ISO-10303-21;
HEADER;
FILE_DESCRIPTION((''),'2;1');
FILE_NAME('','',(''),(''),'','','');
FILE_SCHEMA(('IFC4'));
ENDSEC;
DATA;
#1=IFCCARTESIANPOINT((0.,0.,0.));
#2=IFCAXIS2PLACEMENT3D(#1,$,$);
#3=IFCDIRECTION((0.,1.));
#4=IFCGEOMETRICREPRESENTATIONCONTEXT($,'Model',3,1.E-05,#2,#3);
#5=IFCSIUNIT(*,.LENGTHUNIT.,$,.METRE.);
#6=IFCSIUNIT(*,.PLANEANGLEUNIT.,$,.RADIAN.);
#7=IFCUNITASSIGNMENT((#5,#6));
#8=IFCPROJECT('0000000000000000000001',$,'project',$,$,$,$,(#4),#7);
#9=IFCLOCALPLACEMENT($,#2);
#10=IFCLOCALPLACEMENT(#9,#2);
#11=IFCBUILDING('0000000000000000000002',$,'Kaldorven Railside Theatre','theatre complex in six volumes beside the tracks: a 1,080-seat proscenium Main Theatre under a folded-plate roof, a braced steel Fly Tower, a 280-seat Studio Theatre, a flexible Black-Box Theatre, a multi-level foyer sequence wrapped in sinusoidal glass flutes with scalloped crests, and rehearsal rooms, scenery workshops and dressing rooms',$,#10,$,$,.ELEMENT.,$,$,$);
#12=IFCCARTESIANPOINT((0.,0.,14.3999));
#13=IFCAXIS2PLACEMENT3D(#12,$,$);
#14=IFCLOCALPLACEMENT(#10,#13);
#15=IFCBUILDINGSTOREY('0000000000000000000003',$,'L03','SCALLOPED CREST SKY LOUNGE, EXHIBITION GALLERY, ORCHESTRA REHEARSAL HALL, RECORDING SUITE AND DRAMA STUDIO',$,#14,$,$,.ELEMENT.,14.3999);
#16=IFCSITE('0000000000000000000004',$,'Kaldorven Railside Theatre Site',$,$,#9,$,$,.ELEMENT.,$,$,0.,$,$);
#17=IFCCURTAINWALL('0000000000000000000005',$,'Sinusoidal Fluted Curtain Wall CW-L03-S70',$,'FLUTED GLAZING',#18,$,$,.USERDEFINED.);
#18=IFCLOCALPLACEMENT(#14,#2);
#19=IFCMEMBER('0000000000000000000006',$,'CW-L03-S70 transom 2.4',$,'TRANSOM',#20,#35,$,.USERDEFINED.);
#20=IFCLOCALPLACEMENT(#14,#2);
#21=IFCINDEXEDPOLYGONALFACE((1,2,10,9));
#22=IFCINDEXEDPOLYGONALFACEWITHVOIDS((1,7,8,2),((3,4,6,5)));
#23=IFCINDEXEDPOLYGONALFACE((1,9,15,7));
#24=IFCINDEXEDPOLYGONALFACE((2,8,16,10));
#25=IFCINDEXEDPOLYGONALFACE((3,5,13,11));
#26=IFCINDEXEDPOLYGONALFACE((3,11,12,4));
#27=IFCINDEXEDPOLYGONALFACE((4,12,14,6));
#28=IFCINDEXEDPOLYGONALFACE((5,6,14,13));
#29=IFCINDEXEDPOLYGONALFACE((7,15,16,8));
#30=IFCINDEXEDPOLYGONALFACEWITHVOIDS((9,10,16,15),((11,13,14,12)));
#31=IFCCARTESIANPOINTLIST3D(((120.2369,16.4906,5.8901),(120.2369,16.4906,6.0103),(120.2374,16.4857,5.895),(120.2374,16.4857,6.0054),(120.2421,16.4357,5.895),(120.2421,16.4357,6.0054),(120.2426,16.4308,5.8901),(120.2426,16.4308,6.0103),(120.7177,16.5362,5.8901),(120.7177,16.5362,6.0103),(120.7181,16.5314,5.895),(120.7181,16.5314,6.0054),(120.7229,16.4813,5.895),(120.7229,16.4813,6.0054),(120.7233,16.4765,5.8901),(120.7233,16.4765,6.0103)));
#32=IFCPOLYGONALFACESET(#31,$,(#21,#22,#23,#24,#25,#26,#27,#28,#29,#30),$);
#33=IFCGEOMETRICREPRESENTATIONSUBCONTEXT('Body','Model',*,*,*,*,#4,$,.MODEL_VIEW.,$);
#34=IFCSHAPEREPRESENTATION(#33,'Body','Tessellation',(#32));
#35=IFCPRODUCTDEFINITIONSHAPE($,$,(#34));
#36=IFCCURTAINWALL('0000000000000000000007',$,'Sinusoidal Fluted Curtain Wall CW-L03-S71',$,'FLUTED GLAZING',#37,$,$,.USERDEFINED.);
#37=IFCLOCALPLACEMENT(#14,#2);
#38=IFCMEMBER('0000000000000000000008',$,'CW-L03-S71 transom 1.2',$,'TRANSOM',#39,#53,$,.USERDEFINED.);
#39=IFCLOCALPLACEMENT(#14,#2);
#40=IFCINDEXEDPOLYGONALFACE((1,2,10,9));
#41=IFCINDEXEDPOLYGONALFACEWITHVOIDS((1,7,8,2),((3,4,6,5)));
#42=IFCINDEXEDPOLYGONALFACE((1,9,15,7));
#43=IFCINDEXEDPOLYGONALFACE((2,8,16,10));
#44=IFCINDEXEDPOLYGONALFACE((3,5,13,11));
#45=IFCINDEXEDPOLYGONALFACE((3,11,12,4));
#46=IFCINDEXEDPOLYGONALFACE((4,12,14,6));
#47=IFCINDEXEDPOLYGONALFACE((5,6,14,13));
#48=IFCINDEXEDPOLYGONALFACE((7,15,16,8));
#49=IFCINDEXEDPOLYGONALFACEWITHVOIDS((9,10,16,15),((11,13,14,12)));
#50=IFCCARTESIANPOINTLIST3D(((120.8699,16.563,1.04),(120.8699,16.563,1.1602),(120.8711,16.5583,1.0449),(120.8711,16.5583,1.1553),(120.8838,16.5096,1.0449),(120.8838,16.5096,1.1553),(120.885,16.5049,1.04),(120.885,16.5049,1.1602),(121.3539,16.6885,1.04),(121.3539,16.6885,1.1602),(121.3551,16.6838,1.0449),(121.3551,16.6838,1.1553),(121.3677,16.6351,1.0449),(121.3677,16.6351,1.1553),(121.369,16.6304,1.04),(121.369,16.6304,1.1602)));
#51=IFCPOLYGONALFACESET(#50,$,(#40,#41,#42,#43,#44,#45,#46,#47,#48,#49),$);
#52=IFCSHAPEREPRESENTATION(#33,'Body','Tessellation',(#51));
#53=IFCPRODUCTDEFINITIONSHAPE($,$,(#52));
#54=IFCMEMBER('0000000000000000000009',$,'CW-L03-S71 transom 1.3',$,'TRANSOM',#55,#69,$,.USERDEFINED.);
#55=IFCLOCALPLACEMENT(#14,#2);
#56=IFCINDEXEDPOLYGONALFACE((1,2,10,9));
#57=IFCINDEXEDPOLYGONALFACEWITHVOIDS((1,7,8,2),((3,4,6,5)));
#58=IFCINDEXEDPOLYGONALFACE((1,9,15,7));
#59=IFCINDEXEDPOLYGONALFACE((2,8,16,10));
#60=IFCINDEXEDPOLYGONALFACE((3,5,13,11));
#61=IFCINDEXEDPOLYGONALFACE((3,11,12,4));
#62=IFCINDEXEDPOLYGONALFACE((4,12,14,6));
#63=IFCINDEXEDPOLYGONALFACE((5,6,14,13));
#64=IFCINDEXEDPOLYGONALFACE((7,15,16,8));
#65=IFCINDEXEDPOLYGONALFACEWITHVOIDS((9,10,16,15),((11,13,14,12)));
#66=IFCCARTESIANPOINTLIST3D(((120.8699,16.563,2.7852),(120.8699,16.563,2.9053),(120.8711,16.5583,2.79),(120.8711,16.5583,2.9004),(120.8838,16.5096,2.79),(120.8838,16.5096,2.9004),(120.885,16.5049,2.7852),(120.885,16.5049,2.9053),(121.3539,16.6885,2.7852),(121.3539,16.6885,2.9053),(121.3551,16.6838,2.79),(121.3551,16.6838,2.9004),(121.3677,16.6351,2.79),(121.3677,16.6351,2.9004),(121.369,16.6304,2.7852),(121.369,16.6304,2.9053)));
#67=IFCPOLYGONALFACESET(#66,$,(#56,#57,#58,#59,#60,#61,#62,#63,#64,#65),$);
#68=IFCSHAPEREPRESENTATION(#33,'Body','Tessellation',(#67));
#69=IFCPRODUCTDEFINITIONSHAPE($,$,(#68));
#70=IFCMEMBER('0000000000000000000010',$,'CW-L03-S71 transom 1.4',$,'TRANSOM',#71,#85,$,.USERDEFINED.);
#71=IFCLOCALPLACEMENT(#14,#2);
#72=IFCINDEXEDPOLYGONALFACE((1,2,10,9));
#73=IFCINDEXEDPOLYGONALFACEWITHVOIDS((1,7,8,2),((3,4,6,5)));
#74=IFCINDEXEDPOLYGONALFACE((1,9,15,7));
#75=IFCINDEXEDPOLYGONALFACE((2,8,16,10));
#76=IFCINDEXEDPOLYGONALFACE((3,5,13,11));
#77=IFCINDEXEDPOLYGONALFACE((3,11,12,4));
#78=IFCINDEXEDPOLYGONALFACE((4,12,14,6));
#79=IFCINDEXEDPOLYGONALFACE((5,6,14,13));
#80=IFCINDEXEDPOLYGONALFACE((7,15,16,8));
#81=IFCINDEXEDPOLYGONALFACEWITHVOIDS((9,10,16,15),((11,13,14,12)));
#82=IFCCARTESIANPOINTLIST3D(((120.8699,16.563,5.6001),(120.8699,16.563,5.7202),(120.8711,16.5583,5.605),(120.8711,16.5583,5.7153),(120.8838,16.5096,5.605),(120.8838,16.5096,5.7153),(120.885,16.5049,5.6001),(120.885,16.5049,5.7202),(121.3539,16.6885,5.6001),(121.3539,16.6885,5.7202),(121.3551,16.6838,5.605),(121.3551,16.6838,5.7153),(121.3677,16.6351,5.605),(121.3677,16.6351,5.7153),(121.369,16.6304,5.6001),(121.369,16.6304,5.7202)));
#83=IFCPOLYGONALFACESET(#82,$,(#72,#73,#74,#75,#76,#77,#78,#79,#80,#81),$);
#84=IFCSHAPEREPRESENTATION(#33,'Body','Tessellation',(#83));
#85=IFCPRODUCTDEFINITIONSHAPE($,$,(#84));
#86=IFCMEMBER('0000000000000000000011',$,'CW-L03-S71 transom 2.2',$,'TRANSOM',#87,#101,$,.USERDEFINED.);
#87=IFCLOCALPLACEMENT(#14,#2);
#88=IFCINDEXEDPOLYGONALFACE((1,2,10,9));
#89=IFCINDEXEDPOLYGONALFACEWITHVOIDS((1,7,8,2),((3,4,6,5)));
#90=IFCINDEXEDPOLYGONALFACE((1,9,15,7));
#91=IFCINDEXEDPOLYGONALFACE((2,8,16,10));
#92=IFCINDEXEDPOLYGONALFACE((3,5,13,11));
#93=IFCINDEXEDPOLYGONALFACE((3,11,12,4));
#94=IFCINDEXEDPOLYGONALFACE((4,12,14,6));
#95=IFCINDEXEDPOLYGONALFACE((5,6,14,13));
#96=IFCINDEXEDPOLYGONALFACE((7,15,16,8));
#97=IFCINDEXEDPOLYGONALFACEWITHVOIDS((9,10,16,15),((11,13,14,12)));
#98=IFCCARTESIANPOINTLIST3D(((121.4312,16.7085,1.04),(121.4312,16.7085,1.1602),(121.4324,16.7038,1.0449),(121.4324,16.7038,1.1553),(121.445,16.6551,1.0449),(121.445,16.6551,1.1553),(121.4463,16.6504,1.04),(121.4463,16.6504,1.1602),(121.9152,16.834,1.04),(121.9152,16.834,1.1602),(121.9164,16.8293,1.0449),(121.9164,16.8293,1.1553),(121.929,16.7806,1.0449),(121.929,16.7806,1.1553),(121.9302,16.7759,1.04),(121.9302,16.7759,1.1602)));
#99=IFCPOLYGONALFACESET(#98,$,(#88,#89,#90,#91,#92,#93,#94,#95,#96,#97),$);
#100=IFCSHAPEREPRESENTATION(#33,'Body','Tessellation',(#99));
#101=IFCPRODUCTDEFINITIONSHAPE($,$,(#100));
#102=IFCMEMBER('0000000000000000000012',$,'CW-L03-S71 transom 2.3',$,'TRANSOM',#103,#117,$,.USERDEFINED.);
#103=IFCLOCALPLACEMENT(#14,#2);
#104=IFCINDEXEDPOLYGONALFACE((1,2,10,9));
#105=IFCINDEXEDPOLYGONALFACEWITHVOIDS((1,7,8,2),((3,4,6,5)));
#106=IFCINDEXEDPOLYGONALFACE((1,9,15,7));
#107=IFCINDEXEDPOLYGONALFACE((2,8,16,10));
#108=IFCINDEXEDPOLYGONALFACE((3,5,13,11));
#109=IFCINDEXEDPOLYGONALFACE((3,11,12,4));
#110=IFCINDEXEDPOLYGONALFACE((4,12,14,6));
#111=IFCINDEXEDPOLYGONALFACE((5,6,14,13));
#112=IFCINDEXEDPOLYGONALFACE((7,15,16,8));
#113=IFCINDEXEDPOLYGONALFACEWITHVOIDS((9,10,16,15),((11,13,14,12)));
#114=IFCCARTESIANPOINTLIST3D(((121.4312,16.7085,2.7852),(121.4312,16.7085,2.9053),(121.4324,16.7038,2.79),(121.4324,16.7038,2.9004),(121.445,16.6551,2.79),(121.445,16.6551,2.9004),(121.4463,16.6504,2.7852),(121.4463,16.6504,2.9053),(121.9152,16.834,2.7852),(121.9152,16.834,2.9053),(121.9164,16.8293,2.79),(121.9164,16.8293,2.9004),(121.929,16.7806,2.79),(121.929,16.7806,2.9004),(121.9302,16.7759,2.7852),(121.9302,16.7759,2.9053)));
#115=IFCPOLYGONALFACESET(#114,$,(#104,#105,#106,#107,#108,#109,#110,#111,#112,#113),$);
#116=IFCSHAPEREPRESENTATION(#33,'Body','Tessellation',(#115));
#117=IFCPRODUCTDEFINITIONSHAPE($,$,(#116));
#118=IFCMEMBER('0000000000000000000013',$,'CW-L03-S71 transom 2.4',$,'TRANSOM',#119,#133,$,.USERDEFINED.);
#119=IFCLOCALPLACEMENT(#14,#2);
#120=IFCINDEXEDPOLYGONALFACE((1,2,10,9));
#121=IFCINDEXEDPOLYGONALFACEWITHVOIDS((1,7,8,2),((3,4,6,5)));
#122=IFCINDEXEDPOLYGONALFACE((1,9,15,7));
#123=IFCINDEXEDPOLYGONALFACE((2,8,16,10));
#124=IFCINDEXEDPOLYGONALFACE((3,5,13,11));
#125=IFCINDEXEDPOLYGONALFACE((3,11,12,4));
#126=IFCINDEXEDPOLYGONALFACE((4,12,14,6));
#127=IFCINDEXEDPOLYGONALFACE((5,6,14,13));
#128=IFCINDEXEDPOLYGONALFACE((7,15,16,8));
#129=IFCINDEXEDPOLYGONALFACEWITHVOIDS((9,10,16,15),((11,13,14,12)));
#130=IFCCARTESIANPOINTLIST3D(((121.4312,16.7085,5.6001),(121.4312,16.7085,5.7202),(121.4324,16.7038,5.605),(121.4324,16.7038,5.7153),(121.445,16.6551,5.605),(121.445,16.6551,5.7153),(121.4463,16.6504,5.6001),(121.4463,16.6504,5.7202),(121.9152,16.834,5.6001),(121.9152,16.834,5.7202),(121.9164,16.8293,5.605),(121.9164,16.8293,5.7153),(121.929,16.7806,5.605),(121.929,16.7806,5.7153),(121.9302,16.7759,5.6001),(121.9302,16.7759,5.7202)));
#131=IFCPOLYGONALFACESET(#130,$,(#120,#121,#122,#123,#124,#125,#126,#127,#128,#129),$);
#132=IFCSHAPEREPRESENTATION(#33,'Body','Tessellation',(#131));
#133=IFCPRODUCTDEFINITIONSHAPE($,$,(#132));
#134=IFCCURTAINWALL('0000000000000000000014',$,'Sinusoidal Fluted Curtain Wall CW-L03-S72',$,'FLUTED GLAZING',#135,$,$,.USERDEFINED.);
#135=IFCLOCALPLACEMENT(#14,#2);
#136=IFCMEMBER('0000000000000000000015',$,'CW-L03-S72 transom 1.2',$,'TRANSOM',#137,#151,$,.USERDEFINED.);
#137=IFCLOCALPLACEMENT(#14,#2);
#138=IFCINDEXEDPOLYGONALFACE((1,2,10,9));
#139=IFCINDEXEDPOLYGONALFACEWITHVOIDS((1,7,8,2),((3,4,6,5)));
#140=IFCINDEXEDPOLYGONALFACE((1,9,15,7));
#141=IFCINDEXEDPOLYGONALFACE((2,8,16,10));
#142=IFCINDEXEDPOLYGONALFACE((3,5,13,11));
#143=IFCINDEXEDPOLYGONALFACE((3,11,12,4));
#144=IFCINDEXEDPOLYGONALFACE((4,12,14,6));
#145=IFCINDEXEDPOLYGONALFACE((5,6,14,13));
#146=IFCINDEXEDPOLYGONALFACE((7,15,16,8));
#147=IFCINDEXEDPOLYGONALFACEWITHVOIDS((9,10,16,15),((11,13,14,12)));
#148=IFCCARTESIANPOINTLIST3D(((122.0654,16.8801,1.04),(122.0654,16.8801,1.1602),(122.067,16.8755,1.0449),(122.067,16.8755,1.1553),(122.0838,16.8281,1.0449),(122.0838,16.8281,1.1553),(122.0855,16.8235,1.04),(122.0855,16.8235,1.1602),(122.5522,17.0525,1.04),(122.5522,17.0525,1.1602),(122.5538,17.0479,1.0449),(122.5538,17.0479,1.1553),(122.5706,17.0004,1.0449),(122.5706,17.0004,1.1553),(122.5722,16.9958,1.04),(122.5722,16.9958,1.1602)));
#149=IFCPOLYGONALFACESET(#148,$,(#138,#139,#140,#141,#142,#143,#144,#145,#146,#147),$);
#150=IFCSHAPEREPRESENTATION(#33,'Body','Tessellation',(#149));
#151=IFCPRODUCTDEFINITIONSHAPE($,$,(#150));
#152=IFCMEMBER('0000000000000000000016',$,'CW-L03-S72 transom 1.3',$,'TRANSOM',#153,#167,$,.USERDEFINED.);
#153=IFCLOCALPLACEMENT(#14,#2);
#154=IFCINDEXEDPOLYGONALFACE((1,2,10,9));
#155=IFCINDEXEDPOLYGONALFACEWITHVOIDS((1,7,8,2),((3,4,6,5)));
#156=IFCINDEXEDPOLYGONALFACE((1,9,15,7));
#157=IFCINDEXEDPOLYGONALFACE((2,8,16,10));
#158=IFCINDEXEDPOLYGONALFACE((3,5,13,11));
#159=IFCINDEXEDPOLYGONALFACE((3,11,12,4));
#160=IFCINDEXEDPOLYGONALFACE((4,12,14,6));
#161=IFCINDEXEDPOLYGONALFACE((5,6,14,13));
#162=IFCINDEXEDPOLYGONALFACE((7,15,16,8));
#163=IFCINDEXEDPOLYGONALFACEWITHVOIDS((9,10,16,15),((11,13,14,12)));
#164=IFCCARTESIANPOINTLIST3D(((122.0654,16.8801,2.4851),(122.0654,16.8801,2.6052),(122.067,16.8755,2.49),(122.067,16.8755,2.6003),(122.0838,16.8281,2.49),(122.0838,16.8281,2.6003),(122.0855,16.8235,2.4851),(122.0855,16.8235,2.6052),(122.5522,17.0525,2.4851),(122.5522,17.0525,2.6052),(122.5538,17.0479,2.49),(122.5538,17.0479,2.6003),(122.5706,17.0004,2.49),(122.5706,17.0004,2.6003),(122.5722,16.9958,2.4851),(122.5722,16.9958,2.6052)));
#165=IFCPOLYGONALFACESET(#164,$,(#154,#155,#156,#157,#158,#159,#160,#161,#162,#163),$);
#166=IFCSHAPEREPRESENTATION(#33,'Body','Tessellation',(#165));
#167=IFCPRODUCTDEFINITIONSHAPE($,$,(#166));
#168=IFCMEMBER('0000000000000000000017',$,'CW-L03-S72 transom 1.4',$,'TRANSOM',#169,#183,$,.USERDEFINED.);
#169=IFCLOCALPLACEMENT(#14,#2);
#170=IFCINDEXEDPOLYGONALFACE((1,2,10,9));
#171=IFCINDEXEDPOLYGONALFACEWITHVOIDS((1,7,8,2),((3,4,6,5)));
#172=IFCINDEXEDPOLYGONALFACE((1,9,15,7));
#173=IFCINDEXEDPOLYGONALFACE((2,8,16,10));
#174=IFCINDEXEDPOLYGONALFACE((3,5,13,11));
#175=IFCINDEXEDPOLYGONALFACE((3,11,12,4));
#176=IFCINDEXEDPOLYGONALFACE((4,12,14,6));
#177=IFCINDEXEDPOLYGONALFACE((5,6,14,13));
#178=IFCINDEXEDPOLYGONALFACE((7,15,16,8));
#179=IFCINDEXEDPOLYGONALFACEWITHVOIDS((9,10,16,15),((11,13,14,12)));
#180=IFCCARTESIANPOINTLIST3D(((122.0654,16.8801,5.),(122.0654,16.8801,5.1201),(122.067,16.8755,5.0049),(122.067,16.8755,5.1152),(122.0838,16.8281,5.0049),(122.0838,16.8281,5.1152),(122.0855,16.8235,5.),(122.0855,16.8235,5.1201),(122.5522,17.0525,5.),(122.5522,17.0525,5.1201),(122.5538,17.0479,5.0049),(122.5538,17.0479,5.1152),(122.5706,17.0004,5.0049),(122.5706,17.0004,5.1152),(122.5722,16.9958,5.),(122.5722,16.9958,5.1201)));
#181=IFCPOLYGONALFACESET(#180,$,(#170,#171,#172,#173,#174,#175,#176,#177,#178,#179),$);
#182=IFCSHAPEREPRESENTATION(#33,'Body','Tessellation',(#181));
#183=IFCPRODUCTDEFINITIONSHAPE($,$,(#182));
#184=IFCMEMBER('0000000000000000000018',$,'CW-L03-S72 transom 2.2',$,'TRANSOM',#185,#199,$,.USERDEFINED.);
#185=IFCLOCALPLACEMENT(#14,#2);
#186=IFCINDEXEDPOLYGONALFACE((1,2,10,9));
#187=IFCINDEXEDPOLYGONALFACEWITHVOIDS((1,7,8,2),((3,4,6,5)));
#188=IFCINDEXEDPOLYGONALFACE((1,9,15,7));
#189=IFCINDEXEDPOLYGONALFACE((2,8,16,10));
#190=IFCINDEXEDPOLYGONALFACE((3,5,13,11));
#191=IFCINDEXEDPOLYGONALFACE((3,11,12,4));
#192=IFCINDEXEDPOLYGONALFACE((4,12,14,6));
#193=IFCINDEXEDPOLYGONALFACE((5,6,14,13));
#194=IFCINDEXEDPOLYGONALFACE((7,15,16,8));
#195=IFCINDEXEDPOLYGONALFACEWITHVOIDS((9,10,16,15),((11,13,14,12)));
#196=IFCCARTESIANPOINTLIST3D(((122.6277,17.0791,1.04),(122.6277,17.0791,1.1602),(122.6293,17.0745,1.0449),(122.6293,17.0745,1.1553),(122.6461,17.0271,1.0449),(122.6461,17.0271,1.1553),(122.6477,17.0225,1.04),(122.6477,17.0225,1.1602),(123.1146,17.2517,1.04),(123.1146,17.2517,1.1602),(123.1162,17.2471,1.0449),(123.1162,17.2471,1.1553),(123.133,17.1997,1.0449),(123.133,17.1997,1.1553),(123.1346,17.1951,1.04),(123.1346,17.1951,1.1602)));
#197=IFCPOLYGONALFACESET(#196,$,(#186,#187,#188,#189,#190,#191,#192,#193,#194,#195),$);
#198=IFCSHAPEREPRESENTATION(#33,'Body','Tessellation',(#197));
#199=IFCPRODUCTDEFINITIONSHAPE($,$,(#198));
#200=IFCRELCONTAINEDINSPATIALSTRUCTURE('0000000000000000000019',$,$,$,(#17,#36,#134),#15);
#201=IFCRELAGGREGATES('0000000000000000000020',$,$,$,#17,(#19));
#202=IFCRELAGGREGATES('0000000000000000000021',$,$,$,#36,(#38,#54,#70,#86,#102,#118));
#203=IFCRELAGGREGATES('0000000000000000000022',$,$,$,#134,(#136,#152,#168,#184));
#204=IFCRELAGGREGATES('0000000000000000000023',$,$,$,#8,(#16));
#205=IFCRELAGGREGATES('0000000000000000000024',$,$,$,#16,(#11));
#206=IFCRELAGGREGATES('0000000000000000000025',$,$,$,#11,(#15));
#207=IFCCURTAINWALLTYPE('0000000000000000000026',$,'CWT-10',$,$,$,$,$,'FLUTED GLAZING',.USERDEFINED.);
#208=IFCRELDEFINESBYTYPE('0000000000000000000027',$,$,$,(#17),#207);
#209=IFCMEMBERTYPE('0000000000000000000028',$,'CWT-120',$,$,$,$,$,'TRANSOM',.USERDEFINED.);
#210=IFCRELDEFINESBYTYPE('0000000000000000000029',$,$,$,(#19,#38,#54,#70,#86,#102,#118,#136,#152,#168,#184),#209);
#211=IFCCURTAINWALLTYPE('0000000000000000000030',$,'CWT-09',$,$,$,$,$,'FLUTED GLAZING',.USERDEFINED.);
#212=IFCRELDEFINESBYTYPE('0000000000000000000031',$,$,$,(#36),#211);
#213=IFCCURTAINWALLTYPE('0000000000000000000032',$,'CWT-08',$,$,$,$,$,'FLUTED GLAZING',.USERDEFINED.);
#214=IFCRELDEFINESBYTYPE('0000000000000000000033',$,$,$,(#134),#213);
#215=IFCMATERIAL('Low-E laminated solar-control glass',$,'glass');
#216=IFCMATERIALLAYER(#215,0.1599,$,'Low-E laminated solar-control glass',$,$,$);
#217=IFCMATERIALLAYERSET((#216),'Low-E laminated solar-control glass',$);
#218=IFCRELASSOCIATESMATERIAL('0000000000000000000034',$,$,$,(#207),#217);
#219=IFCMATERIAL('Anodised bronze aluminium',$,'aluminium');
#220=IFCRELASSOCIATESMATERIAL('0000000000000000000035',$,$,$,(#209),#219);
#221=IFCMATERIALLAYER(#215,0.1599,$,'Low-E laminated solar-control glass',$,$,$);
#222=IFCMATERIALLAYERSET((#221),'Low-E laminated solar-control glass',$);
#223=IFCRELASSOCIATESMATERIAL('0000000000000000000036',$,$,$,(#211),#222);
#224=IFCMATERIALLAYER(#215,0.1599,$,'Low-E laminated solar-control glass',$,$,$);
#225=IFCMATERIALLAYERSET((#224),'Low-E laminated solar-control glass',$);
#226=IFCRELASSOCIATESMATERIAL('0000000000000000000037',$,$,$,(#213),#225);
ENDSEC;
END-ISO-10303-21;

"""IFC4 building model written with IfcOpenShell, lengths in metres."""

from ifc_helpers import new_model, si_unit, direction, frame, origin, origin_2d, place, context, subcontext, project, spatial, hollow_rectangle, extrude, material, layer, layer_set, material_profile, profile_set, type_object, element, aggregate, save


model = new_model("IFC4")

# Units and contexts
model_context = context("Model", 3, precision=1e-05, world=origin(), true_north=direction((0.0, 1.0)))
body_context = subcontext(model_context, "Body", "Model", "MODEL_VIEW")
ifc_project = project(units=[si_unit("LENGTHUNIT", "METRE"), si_unit("PLANEANGLEUNIT", "RADIAN")], contexts=[model_context])

# Site, building, storey
site_placement = place(None, origin())
site = spatial("IfcSite", under=ifc_project, at=site_placement, Name="Kaldorven Railside Theatre Site", CompositionType="ELEMENT", RefElevation=0.0)
building_placement = place(site_placement, origin())
building = spatial("IfcBuilding", under=site, at=building_placement, Name="Kaldorven Railside Theatre", Description="theatre complex in six volumes beside the tracks: a 1,080-seat proscenium Main Theatre under a folded-plate roof, a braced steel Fly Tower, a 280-seat Studio Theatre, a flexible Black-Box Theatre, a multi-level foyer sequence wrapped in sinusoidal glass flutes with scalloped crests, and rehearsal rooms, scenery workshops and dressing rooms", CompositionType="ELEMENT")
storey_placement = place(building_placement, frame((0.0, 0.0, 14.3999)))
storey = spatial("IfcBuildingStorey", under=building, at=storey_placement, Name="L03", Description="SCALLOPED CREST SKY LOUNGE, EXHIBITION GALLERY, ORCHESTRA REHEARSAL HALL, RECORDING SUITE AND DRAMA STUDIO", CompositionType="ELEMENT", Elevation=14.3999)

# Curtain walls, members
ifc_material_1 = material(Name="Low-E laminated solar-control glass", Category="glass")
ifc_layer_1 = layer(ifc_material_1, 0.1599, Name="Low-E laminated solar-control glass")
ifc_layer_set_1 = layer_set([ifc_layer_1], Name="Low-E laminated solar-control glass")
curtain_wall_type_1 = type_object("IfcCurtainWallType", Name="CWT-10", ElementType="FLUTED GLAZING", PredefinedType="USERDEFINED", material=ifc_layer_set_1)
ifc_material_2 = material(Name="Anodised bronze aluminium", Category="aluminium")
ifc_material_profile = material_profile(ifc_material_2, hollow_rectangle(XDim=0.0601, YDim=0.1201, WallThickness=0.0049, at=origin_2d()), Name="RHS 120x60x5")
ifc_profile_set = profile_set([ifc_material_profile], Name="Anodised bronze aluminium")
member_type = type_object("IfcMemberType", Name="CWT-120", ElementType="TRANSOM", PredefinedType="USERDEFINED", material=ifc_profile_set)
curtain_wall_1_placement = place(storey_placement, origin())
curtain_wall_1 = element("IfcCurtainWall", 1, at=curtain_wall_1_placement, inside=storey, type_object=curtain_wall_type_1, Name="Sinusoidal Fluted Curtain Wall CW-L03-S70", ObjectType="FLUTED GLAZING", PredefinedType="USERDEFINED")
member_1_placement = place(storey_placement, frame((120.2397, 16.4607, 5.9502), z_axis=(0.99552, 0.094547, 0.0), x_axis=(-0.094547, 0.99552, 0.0)))
member_1 = element("IfcMember", 2, at=member_1_placement, type_object=member_type, Name="CW-L03-S70 transom 2.4", ObjectType="TRANSOM", PredefinedType="USERDEFINED", context=body_context, shape_type="SweptSolid", body=[
    extrude(hollow_rectangle(XDim=0.0601, YDim=0.1201, WallThickness=0.0049, at=origin_2d()), origin(), (0.0, 0.0, 1.0), 0.4829),
])
ifc_layer_2 = layer(ifc_material_1, 0.1599, Name="Low-E laminated solar-control glass")
ifc_layer_set_2 = layer_set([ifc_layer_2], Name="Low-E laminated solar-control glass")
curtain_wall_type_2 = type_object("IfcCurtainWallType", Name="CWT-09", ElementType="FLUTED GLAZING", PredefinedType="USERDEFINED", material=ifc_layer_set_2)
curtain_wall_2_placement = place(storey_placement, origin())
curtain_wall_2 = element("IfcCurtainWall", 3, at=curtain_wall_2_placement, inside=storey, type_object=curtain_wall_type_2, Name="Sinusoidal Fluted Curtain Wall CW-L03-S71", ObjectType="FLUTED GLAZING", PredefinedType="USERDEFINED")
member_2_placement = place(storey_placement, frame((120.8774, 16.5339, 1.1001), z_axis=(0.967979, 0.25103, 0.0), x_axis=(-0.25103, 0.967979, 0.0)))
member_2 = element("IfcMember", 4, at=member_2_placement, type_object=member_type, Name="CW-L03-S71 transom 1.2", ObjectType="TRANSOM", PredefinedType="USERDEFINED", context=body_context, shape_type="SweptSolid", body=[
    extrude(hollow_rectangle(XDim=0.0601, YDim=0.1201, WallThickness=0.0049, at=origin_2d()), origin(), (0.0, 0.0, 1.0), 0.5),
])
member_3_placement = place(storey_placement, frame((120.8774, 16.5339, 2.8452), z_axis=(0.967979, 0.25103, 0.0), x_axis=(-0.25103, 0.967979, 0.0)))
member_3 = element("IfcMember", 5, at=member_3_placement, type_object=member_type, Name="CW-L03-S71 transom 1.3", ObjectType="TRANSOM", PredefinedType="USERDEFINED", context=body_context, shape_type="SweptSolid", body=[
    extrude(hollow_rectangle(XDim=0.0601, YDim=0.1201, WallThickness=0.0049, at=origin_2d()), origin(), (0.0, 0.0, 1.0), 0.5),
])
member_4_placement = place(storey_placement, frame((120.8774, 16.5339, 5.6602), z_axis=(0.967979, 0.25103, 0.0), x_axis=(-0.25103, 0.967979, 0.0)))
member_4 = element("IfcMember", 6, at=member_4_placement, type_object=member_type, Name="CW-L03-S71 transom 1.4", ObjectType="TRANSOM", PredefinedType="USERDEFINED", context=body_context, shape_type="SweptSolid", body=[
    extrude(hollow_rectangle(XDim=0.0601, YDim=0.1201, WallThickness=0.0049, at=origin_2d()), origin(), (0.0, 0.0, 1.0), 0.5),
])
member_5_placement = place(storey_placement, frame((121.4387, 16.6794, 1.1001), z_axis=(0.967979, 0.25103, 0.0), x_axis=(-0.25103, 0.967979, 0.0)))
member_5 = element("IfcMember", 7, at=member_5_placement, type_object=member_type, Name="CW-L03-S71 transom 2.2", ObjectType="TRANSOM", PredefinedType="USERDEFINED", context=body_context, shape_type="SweptSolid", body=[
    extrude(hollow_rectangle(XDim=0.0601, YDim=0.1201, WallThickness=0.0049, at=origin_2d()), origin(), (0.0, 0.0, 1.0), 0.5),
])
member_6_placement = place(storey_placement, frame((121.4387, 16.6794, 2.8452), z_axis=(0.967979, 0.25103, 0.0), x_axis=(-0.25103, 0.967979, 0.0)))
member_6 = element("IfcMember", 8, at=member_6_placement, type_object=member_type, Name="CW-L03-S71 transom 2.3", ObjectType="TRANSOM", PredefinedType="USERDEFINED", context=body_context, shape_type="SweptSolid", body=[
    extrude(hollow_rectangle(XDim=0.0601, YDim=0.1201, WallThickness=0.0049, at=origin_2d()), origin(), (0.0, 0.0, 1.0), 0.5),
])
member_7_placement = place(storey_placement, frame((121.4387, 16.6794, 5.6602), z_axis=(0.967979, 0.25103, 0.0), x_axis=(-0.25103, 0.967979, 0.0)))
member_7 = element("IfcMember", 9, at=member_7_placement, type_object=member_type, Name="CW-L03-S71 transom 2.4", ObjectType="TRANSOM", PredefinedType="USERDEFINED", context=body_context, shape_type="SweptSolid", body=[
    extrude(hollow_rectangle(XDim=0.0601, YDim=0.1201, WallThickness=0.0049, at=origin_2d()), origin(), (0.0, 0.0, 1.0), 0.5),
])
ifc_layer_3 = layer(ifc_material_1, 0.1599, Name="Low-E laminated solar-control glass")
ifc_layer_set_3 = layer_set([ifc_layer_3], Name="Low-E laminated solar-control glass")
curtain_wall_type_3 = type_object("IfcCurtainWallType", Name="CWT-08", ElementType="FLUTED GLAZING", PredefinedType="USERDEFINED", material=ifc_layer_set_3)
curtain_wall_3_placement = place(storey_placement, origin())
curtain_wall_3 = element("IfcCurtainWall", 10, at=curtain_wall_3_placement, inside=storey, type_object=curtain_wall_type_3, Name="Sinusoidal Fluted Curtain Wall CW-L03-S72", ObjectType="FLUTED GLAZING", PredefinedType="USERDEFINED")
member_8_placement = place(storey_placement, frame((122.0754, 16.8518, 1.1001), z_axis=(0.942658, 0.33376, 0.0), x_axis=(-0.33376, 0.942658, 0.0)))
member_8 = element("IfcMember", 11, at=member_8_placement, type_object=member_type, Name="CW-L03-S72 transom 1.2", ObjectType="TRANSOM", PredefinedType="USERDEFINED", context=body_context, shape_type="SweptSolid", body=[
    extrude(hollow_rectangle(XDim=0.0601, YDim=0.1201, WallThickness=0.0049, at=origin_2d()), origin(), (0.0, 0.0, 1.0), 0.5164),
])
member_9_placement = place(storey_placement, frame((122.0754, 16.8518, 2.5452), z_axis=(0.942658, 0.33376, 0.0), x_axis=(-0.33376, 0.942658, 0.0)))
member_9 = element("IfcMember", 12, at=member_9_placement, type_object=member_type, Name="CW-L03-S72 transom 1.3", ObjectType="TRANSOM", PredefinedType="USERDEFINED", context=body_context, shape_type="SweptSolid", body=[
    extrude(hollow_rectangle(XDim=0.0601, YDim=0.1201, WallThickness=0.0049, at=origin_2d()), origin(), (0.0, 0.0, 1.0), 0.5164),
])
member_10_placement = place(storey_placement, frame((122.0754, 16.8518, 5.0601), z_axis=(0.942658, 0.33376, 0.0), x_axis=(-0.33376, 0.942658, 0.0)))
member_10 = element("IfcMember", 13, at=member_10_placement, type_object=member_type, Name="CW-L03-S72 transom 1.4", ObjectType="TRANSOM", PredefinedType="USERDEFINED", context=body_context, shape_type="SweptSolid", body=[
    extrude(hollow_rectangle(XDim=0.0601, YDim=0.1201, WallThickness=0.0049, at=origin_2d()), origin(), (0.0, 0.0, 1.0), 0.5164),
])
member_11_placement = place(storey_placement, frame((122.6377, 17.0508, 1.1001), z_axis=(0.942509, 0.33418, 0.0), x_axis=(-0.33418, 0.942509, 0.0)))
member_11 = element("IfcMember", 14, at=member_11_placement, type_object=member_type, Name="CW-L03-S72 transom 2.2", ObjectType="TRANSOM", PredefinedType="USERDEFINED", context=body_context, shape_type="SweptSolid", body=[
    extrude(hollow_rectangle(XDim=0.0601, YDim=0.1201, WallThickness=0.0049, at=origin_2d()), origin(), (0.0, 0.0, 1.0), 0.5166),
])

aggregate(curtain_wall_1, [member_1])
aggregate(curtain_wall_2, [member_2, member_3, member_4, member_5, member_6, member_7])
aggregate(curtain_wall_3, [member_8, member_9, member_10, member_11])

save(model, "model.ifc")
